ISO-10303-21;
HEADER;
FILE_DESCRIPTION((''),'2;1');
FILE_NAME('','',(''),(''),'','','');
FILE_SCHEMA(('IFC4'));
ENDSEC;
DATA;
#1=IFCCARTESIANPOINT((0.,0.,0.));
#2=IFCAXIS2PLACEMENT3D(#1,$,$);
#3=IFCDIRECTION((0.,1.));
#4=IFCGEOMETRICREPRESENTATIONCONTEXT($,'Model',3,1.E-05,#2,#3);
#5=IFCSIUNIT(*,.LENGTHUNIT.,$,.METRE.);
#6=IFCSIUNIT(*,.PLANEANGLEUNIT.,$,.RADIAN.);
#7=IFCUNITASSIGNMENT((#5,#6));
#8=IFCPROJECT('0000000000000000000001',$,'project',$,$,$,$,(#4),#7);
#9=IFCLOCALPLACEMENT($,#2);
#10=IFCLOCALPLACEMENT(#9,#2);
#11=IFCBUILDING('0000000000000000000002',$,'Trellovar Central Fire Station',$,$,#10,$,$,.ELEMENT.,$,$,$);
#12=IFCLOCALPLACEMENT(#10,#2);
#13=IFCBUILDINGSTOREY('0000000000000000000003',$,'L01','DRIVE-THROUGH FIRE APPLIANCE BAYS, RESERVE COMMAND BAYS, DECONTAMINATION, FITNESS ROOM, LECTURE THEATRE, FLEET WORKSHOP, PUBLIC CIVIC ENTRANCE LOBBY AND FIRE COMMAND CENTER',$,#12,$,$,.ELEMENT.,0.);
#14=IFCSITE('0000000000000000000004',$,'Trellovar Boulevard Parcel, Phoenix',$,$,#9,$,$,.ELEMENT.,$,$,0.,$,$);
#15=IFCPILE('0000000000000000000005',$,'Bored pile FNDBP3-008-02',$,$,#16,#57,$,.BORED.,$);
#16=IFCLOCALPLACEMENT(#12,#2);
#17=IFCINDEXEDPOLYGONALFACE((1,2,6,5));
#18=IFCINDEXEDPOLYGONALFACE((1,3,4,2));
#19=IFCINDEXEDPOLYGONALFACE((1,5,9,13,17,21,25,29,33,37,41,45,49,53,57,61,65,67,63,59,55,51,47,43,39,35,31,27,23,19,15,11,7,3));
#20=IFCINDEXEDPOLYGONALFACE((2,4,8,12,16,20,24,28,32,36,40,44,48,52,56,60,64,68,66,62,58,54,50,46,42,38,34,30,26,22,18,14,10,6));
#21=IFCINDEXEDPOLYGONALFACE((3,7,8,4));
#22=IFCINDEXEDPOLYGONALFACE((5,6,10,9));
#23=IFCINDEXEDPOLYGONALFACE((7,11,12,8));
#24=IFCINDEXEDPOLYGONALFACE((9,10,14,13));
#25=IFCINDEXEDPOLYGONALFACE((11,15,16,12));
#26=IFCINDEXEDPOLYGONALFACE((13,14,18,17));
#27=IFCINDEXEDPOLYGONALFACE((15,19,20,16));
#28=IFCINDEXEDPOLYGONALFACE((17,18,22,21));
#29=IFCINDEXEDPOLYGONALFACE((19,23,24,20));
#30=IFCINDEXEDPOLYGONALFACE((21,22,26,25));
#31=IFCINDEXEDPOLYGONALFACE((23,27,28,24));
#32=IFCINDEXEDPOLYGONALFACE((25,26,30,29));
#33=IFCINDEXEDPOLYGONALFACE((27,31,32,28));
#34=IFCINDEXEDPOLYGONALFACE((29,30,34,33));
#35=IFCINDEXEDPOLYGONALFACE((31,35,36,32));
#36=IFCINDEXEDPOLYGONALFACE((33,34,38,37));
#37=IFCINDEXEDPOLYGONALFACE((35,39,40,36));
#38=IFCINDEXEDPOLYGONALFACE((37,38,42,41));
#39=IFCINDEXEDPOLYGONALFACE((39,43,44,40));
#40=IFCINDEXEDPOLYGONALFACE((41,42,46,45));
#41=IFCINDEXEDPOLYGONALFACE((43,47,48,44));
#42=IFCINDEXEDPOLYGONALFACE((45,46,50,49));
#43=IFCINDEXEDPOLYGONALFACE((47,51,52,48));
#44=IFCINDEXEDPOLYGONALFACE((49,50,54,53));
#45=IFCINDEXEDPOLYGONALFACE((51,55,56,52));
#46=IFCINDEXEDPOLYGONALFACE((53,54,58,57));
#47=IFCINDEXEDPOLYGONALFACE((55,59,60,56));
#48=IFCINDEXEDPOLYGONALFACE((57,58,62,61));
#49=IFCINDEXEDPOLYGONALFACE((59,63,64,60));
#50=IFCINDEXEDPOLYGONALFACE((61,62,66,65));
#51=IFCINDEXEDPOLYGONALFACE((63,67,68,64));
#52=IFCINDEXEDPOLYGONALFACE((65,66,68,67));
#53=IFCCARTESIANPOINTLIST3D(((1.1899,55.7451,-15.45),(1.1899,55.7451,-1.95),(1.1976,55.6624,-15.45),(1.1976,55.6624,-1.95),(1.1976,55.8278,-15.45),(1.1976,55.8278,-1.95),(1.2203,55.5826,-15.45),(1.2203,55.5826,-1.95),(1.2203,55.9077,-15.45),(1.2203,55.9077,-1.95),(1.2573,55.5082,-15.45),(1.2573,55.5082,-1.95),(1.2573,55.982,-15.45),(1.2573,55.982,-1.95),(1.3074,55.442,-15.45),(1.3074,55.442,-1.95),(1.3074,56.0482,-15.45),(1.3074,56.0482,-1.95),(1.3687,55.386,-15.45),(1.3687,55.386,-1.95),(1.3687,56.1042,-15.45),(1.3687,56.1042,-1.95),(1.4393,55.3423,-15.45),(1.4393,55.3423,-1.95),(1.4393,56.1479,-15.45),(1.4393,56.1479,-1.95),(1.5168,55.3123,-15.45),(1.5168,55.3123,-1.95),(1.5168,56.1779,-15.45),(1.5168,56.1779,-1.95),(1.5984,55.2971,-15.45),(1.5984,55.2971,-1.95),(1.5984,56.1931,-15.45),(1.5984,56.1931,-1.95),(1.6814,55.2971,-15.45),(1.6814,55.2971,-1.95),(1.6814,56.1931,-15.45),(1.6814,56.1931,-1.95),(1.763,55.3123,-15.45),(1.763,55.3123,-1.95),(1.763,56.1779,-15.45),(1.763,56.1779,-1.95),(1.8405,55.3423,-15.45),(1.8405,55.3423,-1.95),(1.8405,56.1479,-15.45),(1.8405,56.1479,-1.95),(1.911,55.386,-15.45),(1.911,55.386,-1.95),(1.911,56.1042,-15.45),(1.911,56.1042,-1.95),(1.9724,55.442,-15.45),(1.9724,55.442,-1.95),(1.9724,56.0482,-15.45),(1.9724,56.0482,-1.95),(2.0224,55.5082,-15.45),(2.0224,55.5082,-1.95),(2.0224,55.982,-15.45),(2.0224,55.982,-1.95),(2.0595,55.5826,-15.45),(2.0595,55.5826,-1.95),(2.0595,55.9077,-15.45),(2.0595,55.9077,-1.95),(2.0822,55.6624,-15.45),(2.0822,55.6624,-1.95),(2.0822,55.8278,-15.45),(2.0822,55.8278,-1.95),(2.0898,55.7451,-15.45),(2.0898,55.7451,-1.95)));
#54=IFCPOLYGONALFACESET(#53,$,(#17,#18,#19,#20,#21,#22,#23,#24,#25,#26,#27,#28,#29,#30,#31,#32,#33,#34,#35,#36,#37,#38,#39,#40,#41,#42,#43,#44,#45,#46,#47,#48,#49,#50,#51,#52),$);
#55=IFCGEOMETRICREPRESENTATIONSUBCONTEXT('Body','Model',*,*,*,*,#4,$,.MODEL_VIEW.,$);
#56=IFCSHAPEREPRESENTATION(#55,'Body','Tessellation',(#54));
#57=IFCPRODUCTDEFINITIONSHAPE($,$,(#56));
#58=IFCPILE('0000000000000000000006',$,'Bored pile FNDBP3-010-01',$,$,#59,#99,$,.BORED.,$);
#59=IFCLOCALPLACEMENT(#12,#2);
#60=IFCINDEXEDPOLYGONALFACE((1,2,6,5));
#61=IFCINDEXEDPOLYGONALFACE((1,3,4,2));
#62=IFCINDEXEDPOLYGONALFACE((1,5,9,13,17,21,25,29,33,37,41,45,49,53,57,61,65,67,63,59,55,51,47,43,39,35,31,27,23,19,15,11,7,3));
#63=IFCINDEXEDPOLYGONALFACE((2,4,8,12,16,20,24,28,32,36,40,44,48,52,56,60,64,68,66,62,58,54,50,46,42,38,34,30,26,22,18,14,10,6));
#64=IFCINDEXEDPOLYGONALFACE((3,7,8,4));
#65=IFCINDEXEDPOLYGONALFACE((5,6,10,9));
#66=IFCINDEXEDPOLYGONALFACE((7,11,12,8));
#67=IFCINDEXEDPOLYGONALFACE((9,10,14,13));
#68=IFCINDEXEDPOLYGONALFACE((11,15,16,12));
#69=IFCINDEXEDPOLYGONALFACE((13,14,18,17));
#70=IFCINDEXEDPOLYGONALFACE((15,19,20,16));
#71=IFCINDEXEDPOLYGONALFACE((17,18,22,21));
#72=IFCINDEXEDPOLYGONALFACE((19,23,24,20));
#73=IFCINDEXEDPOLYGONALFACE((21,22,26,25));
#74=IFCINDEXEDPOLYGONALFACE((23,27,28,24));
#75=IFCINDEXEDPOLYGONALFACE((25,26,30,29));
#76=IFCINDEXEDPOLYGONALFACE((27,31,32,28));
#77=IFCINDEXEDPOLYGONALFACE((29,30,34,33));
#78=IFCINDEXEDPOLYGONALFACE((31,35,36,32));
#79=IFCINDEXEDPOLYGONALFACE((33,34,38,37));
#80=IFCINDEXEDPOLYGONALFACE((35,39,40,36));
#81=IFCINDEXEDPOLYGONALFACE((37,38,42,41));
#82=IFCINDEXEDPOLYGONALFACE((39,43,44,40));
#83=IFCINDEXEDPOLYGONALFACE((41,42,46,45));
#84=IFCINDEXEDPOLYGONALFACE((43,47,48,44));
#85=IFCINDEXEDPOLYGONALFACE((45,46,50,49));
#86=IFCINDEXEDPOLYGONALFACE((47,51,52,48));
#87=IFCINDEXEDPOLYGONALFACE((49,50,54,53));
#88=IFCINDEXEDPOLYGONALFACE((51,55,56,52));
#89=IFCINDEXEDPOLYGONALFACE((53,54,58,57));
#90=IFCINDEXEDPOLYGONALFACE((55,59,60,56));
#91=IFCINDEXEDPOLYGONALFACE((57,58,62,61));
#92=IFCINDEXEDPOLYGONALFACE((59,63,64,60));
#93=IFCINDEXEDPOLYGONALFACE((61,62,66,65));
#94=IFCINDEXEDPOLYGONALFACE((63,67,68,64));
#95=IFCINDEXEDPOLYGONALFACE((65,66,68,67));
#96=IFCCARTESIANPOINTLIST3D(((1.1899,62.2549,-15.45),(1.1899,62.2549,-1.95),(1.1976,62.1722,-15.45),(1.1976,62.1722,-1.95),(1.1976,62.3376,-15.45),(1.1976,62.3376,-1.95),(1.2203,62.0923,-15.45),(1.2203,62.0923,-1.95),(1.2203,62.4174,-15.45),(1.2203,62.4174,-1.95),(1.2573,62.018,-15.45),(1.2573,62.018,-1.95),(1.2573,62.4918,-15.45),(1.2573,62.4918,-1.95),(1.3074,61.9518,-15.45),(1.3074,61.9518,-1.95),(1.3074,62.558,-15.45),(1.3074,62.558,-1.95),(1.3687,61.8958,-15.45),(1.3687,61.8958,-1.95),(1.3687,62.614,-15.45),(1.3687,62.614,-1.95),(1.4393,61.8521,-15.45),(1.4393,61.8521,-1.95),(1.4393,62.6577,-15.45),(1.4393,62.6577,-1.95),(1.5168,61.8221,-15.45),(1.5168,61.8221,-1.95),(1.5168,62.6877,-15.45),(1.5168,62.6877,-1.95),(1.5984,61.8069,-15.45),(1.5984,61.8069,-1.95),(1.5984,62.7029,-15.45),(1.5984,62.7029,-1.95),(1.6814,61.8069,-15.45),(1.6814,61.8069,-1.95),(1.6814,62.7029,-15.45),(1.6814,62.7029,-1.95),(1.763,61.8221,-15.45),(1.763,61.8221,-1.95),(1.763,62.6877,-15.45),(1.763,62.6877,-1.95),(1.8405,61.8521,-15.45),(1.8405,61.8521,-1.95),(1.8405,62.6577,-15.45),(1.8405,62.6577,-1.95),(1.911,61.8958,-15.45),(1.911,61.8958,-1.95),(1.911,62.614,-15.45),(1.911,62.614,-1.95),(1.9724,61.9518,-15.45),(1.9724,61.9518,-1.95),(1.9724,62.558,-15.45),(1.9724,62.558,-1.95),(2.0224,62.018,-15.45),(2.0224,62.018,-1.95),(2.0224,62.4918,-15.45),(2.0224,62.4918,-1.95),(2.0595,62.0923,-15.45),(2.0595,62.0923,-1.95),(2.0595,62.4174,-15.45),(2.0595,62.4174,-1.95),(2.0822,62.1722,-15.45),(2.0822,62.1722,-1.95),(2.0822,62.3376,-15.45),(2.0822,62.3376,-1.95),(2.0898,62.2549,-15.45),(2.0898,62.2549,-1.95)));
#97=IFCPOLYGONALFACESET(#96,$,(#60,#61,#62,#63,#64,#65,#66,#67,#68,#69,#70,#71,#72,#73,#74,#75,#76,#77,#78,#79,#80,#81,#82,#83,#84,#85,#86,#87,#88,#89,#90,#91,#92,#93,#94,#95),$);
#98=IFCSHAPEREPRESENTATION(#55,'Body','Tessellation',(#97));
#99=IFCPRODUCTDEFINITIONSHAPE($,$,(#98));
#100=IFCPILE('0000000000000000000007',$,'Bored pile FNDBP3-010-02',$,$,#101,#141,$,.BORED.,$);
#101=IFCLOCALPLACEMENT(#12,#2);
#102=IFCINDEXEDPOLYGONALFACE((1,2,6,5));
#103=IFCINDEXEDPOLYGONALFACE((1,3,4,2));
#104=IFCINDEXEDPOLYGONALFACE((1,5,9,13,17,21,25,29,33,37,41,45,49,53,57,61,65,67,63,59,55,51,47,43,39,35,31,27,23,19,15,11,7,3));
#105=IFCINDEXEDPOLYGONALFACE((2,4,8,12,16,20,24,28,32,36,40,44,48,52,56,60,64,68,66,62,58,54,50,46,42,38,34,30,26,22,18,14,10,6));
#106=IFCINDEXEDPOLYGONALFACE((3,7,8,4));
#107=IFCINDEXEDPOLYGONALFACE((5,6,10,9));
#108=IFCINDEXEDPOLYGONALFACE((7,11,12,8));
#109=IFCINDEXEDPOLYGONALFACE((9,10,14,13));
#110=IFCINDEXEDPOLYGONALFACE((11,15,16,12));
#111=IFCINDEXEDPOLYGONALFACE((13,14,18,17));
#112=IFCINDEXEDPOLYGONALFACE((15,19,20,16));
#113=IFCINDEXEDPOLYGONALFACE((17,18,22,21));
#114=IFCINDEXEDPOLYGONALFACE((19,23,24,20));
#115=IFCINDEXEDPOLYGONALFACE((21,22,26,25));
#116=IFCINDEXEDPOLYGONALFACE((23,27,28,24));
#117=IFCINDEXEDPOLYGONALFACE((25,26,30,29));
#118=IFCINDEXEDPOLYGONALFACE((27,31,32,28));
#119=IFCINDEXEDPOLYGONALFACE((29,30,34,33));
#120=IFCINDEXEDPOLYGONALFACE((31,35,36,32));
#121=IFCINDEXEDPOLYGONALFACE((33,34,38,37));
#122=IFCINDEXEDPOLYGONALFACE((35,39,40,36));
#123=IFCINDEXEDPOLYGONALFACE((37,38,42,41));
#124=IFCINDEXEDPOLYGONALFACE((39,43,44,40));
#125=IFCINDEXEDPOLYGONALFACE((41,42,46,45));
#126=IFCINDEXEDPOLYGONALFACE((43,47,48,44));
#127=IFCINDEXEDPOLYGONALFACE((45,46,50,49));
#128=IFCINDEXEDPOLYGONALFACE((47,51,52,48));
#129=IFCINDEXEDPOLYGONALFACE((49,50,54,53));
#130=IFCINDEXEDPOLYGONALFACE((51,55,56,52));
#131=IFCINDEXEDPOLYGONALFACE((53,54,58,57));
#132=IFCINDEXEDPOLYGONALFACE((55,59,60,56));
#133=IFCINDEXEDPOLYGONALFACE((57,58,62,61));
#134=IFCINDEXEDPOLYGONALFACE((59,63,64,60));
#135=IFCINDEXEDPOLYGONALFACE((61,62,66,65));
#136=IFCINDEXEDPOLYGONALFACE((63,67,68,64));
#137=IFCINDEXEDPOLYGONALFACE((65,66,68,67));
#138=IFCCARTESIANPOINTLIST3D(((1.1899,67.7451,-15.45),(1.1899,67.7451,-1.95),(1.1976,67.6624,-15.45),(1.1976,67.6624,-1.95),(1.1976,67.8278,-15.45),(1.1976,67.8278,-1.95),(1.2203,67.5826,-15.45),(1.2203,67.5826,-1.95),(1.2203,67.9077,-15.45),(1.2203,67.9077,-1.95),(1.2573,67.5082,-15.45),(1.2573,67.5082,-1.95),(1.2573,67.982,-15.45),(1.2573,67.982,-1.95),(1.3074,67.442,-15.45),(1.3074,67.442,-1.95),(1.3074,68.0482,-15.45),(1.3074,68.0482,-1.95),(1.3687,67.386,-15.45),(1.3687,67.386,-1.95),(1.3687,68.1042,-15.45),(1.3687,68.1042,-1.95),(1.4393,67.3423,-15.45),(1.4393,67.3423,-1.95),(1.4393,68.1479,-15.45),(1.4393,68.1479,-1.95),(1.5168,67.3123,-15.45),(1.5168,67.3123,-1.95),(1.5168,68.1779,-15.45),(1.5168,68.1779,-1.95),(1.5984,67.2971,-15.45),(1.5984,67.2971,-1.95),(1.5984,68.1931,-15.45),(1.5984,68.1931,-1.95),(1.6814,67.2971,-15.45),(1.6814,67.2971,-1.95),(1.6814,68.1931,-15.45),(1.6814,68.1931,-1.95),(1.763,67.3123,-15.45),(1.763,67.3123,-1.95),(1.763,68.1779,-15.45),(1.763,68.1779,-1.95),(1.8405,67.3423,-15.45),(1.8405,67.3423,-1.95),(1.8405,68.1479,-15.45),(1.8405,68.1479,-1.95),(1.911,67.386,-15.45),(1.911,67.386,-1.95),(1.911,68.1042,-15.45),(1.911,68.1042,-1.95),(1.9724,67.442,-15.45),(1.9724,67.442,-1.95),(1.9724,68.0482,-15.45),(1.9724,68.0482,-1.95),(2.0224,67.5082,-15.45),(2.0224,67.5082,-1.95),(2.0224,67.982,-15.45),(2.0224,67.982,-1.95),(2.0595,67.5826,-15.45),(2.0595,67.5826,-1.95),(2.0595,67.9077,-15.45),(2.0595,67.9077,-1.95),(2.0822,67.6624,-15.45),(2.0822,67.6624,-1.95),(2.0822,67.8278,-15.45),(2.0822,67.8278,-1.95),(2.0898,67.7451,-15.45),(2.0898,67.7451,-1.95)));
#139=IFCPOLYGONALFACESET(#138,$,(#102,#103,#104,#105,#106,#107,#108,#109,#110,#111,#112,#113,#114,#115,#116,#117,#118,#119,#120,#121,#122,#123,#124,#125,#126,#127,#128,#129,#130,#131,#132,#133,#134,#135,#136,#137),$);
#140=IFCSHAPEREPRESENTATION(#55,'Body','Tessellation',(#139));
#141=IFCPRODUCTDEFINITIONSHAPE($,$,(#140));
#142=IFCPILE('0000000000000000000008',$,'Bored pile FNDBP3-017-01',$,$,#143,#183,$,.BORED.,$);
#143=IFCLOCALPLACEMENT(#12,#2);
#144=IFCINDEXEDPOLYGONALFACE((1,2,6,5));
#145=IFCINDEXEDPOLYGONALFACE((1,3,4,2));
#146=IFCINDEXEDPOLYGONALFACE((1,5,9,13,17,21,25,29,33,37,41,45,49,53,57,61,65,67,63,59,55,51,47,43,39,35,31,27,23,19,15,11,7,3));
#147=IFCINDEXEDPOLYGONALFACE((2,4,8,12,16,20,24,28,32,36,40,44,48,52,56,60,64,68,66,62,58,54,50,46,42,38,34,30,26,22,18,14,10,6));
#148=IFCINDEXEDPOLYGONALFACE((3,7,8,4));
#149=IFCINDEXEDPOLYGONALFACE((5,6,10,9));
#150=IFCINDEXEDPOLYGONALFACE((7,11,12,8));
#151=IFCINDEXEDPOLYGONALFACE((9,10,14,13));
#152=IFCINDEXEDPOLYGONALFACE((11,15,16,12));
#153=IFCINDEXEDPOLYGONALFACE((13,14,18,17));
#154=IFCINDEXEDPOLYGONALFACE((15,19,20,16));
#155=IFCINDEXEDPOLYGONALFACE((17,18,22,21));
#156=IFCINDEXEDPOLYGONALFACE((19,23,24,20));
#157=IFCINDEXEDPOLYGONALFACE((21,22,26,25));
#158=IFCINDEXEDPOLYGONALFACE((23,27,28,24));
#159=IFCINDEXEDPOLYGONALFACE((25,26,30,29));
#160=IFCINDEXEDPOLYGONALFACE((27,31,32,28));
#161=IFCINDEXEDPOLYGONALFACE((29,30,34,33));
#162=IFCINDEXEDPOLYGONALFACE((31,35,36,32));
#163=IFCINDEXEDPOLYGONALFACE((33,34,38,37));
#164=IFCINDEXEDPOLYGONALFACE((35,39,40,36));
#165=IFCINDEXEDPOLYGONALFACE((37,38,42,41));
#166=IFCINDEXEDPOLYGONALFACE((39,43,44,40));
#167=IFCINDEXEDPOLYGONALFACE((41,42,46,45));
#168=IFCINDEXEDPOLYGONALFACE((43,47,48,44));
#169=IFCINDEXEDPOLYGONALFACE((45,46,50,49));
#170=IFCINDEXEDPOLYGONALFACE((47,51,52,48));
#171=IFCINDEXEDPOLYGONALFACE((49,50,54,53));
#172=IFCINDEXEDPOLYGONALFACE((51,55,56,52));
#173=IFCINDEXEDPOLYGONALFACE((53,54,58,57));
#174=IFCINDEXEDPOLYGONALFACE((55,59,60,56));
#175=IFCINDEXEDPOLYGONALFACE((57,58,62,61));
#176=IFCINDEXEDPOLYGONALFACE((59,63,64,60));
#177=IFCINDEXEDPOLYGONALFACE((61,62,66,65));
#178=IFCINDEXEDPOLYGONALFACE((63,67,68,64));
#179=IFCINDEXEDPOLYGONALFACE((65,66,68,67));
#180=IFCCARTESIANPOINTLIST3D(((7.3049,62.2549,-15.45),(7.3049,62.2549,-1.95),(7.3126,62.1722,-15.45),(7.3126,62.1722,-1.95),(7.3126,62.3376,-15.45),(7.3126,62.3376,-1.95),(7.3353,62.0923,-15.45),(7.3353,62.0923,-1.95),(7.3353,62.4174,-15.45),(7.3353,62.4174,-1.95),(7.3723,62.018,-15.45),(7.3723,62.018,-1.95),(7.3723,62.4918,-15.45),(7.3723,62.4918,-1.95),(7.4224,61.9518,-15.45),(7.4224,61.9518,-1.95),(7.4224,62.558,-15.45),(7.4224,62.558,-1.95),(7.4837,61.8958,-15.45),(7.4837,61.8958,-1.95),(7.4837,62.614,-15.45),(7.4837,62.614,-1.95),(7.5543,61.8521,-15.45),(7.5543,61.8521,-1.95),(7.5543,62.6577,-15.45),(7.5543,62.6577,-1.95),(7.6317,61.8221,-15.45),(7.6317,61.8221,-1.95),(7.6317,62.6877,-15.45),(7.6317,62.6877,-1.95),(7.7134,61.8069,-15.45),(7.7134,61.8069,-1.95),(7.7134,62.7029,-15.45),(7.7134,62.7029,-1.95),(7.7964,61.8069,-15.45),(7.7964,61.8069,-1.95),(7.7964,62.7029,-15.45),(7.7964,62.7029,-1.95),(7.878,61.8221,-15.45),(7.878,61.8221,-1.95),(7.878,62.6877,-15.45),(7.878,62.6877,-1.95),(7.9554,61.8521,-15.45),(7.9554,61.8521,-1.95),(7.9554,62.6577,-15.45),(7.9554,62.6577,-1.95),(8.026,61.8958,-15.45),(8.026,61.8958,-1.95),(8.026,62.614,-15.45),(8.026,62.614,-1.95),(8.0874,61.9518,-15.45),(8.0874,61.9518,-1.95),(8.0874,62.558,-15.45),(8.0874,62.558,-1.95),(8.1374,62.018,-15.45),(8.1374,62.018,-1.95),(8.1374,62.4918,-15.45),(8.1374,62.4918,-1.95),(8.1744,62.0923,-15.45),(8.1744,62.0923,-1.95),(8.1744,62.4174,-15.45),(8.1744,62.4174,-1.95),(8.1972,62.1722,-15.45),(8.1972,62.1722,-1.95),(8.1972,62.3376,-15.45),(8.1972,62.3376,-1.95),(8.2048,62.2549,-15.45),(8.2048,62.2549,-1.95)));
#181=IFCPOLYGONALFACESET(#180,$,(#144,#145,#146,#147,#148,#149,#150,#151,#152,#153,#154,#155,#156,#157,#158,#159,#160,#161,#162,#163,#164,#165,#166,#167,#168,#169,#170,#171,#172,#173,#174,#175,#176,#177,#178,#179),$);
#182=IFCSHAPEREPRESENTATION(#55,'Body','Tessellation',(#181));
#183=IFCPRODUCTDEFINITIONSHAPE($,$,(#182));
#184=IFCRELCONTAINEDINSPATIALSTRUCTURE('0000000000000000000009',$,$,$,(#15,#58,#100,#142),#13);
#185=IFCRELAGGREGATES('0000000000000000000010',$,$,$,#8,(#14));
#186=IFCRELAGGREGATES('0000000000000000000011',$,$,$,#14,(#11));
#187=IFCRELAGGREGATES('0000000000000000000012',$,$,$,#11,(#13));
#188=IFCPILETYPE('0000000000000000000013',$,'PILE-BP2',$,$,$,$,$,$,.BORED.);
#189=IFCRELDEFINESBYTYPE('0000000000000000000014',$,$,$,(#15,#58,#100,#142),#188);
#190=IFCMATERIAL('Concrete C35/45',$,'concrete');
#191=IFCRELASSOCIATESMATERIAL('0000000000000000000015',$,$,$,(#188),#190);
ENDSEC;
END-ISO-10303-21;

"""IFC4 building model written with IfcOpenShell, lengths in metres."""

from ifc_helpers import new_model, si_unit, direction, frame, origin, origin_2d, place, context, subcontext, project, spatial, circle, extrude, material, material_profile, profile_set, type_object, element, save


model = new_model("IFC4")

# Units and contexts
model_context = context("Model", 3, precision=1e-05, world=origin(), true_north=direction((0.0, 1.0)))
body_context = subcontext(model_context, "Body", "Model", "MODEL_VIEW")
ifc_project = project(units=[si_unit("LENGTHUNIT", "METRE"), si_unit("PLANEANGLEUNIT", "RADIAN")], contexts=[model_context])

# Site, building, storey
site_placement = place(None, origin())
site = spatial("IfcSite", under=ifc_project, at=site_placement, Name="Trellovar Boulevard Parcel, Phoenix", CompositionType="ELEMENT", RefElevation=0.0)
building_placement = place(site_placement, origin())
building = spatial("IfcBuilding", under=site, at=building_placement, Name="Trellovar Central Fire Station", CompositionType="ELEMENT")
storey_placement = place(building_placement, origin())
storey = spatial("IfcBuildingStorey", under=building, at=storey_placement, Name="L01", Description="DRIVE-THROUGH FIRE APPLIANCE BAYS, RESERVE COMMAND BAYS, DECONTAMINATION, FITNESS ROOM, LECTURE THEATRE, FLEET WORKSHOP, PUBLIC CIVIC ENTRANCE LOBBY AND FIRE COMMAND CENTER", CompositionType="ELEMENT", Elevation=0.0)

# Piles
ifc_material_1 = material(Name="Concrete C35/45", Category="concrete")
ifc_material_profile_1 = material_profile(ifc_material_1, circle(Radius=0.45, at=origin_2d()), Name="PILE900")
ifc_profile_set_1 = profile_set([ifc_material_profile_1], Name="Concrete C35/45")
pile_type_1 = type_object("IfcPileType", Name="PILE-BP2", PredefinedType="BORED", material=ifc_profile_set_1)
for number, where, z_axis, x_axis, name in (
    (1, (1.6399, 55.7451, -1.95), (0.0, 0.0, -1.0), (1.0, 0.0, 0.0), "Bored pile FNDBP3-008-02"),
    (2, (1.6399, 62.2549, -1.95), (0.0, 0.0, -1.0), (1.0, 0.0, 0.0), "Bored pile FNDBP3-010-01"),
    (3, (1.6399, 67.7451, -1.95), (0.0, 0.0, -1.0), (1.0, 0.0, 0.0), "Bored pile FNDBP3-010-02"),
    (4, (7.7549, 62.2549, -1.95), (0.0, 0.0, -1.0), (1.0, 0.0, 0.0), "Bored pile FNDBP3-017-01"),
):
    element("IfcPile", number, at=place(storey_placement, frame(where, z_axis=z_axis, x_axis=x_axis)), inside=storey, type_object=pile_type_1, Name=name, PredefinedType="BORED", context=body_context, shape_type="SweptSolid", body=[
        extrude(circle(Radius=0.45, at=origin_2d()), origin(), (0.0, 0.0, 1.0), 13.5),
    ])

save(model, "model.ifc")
